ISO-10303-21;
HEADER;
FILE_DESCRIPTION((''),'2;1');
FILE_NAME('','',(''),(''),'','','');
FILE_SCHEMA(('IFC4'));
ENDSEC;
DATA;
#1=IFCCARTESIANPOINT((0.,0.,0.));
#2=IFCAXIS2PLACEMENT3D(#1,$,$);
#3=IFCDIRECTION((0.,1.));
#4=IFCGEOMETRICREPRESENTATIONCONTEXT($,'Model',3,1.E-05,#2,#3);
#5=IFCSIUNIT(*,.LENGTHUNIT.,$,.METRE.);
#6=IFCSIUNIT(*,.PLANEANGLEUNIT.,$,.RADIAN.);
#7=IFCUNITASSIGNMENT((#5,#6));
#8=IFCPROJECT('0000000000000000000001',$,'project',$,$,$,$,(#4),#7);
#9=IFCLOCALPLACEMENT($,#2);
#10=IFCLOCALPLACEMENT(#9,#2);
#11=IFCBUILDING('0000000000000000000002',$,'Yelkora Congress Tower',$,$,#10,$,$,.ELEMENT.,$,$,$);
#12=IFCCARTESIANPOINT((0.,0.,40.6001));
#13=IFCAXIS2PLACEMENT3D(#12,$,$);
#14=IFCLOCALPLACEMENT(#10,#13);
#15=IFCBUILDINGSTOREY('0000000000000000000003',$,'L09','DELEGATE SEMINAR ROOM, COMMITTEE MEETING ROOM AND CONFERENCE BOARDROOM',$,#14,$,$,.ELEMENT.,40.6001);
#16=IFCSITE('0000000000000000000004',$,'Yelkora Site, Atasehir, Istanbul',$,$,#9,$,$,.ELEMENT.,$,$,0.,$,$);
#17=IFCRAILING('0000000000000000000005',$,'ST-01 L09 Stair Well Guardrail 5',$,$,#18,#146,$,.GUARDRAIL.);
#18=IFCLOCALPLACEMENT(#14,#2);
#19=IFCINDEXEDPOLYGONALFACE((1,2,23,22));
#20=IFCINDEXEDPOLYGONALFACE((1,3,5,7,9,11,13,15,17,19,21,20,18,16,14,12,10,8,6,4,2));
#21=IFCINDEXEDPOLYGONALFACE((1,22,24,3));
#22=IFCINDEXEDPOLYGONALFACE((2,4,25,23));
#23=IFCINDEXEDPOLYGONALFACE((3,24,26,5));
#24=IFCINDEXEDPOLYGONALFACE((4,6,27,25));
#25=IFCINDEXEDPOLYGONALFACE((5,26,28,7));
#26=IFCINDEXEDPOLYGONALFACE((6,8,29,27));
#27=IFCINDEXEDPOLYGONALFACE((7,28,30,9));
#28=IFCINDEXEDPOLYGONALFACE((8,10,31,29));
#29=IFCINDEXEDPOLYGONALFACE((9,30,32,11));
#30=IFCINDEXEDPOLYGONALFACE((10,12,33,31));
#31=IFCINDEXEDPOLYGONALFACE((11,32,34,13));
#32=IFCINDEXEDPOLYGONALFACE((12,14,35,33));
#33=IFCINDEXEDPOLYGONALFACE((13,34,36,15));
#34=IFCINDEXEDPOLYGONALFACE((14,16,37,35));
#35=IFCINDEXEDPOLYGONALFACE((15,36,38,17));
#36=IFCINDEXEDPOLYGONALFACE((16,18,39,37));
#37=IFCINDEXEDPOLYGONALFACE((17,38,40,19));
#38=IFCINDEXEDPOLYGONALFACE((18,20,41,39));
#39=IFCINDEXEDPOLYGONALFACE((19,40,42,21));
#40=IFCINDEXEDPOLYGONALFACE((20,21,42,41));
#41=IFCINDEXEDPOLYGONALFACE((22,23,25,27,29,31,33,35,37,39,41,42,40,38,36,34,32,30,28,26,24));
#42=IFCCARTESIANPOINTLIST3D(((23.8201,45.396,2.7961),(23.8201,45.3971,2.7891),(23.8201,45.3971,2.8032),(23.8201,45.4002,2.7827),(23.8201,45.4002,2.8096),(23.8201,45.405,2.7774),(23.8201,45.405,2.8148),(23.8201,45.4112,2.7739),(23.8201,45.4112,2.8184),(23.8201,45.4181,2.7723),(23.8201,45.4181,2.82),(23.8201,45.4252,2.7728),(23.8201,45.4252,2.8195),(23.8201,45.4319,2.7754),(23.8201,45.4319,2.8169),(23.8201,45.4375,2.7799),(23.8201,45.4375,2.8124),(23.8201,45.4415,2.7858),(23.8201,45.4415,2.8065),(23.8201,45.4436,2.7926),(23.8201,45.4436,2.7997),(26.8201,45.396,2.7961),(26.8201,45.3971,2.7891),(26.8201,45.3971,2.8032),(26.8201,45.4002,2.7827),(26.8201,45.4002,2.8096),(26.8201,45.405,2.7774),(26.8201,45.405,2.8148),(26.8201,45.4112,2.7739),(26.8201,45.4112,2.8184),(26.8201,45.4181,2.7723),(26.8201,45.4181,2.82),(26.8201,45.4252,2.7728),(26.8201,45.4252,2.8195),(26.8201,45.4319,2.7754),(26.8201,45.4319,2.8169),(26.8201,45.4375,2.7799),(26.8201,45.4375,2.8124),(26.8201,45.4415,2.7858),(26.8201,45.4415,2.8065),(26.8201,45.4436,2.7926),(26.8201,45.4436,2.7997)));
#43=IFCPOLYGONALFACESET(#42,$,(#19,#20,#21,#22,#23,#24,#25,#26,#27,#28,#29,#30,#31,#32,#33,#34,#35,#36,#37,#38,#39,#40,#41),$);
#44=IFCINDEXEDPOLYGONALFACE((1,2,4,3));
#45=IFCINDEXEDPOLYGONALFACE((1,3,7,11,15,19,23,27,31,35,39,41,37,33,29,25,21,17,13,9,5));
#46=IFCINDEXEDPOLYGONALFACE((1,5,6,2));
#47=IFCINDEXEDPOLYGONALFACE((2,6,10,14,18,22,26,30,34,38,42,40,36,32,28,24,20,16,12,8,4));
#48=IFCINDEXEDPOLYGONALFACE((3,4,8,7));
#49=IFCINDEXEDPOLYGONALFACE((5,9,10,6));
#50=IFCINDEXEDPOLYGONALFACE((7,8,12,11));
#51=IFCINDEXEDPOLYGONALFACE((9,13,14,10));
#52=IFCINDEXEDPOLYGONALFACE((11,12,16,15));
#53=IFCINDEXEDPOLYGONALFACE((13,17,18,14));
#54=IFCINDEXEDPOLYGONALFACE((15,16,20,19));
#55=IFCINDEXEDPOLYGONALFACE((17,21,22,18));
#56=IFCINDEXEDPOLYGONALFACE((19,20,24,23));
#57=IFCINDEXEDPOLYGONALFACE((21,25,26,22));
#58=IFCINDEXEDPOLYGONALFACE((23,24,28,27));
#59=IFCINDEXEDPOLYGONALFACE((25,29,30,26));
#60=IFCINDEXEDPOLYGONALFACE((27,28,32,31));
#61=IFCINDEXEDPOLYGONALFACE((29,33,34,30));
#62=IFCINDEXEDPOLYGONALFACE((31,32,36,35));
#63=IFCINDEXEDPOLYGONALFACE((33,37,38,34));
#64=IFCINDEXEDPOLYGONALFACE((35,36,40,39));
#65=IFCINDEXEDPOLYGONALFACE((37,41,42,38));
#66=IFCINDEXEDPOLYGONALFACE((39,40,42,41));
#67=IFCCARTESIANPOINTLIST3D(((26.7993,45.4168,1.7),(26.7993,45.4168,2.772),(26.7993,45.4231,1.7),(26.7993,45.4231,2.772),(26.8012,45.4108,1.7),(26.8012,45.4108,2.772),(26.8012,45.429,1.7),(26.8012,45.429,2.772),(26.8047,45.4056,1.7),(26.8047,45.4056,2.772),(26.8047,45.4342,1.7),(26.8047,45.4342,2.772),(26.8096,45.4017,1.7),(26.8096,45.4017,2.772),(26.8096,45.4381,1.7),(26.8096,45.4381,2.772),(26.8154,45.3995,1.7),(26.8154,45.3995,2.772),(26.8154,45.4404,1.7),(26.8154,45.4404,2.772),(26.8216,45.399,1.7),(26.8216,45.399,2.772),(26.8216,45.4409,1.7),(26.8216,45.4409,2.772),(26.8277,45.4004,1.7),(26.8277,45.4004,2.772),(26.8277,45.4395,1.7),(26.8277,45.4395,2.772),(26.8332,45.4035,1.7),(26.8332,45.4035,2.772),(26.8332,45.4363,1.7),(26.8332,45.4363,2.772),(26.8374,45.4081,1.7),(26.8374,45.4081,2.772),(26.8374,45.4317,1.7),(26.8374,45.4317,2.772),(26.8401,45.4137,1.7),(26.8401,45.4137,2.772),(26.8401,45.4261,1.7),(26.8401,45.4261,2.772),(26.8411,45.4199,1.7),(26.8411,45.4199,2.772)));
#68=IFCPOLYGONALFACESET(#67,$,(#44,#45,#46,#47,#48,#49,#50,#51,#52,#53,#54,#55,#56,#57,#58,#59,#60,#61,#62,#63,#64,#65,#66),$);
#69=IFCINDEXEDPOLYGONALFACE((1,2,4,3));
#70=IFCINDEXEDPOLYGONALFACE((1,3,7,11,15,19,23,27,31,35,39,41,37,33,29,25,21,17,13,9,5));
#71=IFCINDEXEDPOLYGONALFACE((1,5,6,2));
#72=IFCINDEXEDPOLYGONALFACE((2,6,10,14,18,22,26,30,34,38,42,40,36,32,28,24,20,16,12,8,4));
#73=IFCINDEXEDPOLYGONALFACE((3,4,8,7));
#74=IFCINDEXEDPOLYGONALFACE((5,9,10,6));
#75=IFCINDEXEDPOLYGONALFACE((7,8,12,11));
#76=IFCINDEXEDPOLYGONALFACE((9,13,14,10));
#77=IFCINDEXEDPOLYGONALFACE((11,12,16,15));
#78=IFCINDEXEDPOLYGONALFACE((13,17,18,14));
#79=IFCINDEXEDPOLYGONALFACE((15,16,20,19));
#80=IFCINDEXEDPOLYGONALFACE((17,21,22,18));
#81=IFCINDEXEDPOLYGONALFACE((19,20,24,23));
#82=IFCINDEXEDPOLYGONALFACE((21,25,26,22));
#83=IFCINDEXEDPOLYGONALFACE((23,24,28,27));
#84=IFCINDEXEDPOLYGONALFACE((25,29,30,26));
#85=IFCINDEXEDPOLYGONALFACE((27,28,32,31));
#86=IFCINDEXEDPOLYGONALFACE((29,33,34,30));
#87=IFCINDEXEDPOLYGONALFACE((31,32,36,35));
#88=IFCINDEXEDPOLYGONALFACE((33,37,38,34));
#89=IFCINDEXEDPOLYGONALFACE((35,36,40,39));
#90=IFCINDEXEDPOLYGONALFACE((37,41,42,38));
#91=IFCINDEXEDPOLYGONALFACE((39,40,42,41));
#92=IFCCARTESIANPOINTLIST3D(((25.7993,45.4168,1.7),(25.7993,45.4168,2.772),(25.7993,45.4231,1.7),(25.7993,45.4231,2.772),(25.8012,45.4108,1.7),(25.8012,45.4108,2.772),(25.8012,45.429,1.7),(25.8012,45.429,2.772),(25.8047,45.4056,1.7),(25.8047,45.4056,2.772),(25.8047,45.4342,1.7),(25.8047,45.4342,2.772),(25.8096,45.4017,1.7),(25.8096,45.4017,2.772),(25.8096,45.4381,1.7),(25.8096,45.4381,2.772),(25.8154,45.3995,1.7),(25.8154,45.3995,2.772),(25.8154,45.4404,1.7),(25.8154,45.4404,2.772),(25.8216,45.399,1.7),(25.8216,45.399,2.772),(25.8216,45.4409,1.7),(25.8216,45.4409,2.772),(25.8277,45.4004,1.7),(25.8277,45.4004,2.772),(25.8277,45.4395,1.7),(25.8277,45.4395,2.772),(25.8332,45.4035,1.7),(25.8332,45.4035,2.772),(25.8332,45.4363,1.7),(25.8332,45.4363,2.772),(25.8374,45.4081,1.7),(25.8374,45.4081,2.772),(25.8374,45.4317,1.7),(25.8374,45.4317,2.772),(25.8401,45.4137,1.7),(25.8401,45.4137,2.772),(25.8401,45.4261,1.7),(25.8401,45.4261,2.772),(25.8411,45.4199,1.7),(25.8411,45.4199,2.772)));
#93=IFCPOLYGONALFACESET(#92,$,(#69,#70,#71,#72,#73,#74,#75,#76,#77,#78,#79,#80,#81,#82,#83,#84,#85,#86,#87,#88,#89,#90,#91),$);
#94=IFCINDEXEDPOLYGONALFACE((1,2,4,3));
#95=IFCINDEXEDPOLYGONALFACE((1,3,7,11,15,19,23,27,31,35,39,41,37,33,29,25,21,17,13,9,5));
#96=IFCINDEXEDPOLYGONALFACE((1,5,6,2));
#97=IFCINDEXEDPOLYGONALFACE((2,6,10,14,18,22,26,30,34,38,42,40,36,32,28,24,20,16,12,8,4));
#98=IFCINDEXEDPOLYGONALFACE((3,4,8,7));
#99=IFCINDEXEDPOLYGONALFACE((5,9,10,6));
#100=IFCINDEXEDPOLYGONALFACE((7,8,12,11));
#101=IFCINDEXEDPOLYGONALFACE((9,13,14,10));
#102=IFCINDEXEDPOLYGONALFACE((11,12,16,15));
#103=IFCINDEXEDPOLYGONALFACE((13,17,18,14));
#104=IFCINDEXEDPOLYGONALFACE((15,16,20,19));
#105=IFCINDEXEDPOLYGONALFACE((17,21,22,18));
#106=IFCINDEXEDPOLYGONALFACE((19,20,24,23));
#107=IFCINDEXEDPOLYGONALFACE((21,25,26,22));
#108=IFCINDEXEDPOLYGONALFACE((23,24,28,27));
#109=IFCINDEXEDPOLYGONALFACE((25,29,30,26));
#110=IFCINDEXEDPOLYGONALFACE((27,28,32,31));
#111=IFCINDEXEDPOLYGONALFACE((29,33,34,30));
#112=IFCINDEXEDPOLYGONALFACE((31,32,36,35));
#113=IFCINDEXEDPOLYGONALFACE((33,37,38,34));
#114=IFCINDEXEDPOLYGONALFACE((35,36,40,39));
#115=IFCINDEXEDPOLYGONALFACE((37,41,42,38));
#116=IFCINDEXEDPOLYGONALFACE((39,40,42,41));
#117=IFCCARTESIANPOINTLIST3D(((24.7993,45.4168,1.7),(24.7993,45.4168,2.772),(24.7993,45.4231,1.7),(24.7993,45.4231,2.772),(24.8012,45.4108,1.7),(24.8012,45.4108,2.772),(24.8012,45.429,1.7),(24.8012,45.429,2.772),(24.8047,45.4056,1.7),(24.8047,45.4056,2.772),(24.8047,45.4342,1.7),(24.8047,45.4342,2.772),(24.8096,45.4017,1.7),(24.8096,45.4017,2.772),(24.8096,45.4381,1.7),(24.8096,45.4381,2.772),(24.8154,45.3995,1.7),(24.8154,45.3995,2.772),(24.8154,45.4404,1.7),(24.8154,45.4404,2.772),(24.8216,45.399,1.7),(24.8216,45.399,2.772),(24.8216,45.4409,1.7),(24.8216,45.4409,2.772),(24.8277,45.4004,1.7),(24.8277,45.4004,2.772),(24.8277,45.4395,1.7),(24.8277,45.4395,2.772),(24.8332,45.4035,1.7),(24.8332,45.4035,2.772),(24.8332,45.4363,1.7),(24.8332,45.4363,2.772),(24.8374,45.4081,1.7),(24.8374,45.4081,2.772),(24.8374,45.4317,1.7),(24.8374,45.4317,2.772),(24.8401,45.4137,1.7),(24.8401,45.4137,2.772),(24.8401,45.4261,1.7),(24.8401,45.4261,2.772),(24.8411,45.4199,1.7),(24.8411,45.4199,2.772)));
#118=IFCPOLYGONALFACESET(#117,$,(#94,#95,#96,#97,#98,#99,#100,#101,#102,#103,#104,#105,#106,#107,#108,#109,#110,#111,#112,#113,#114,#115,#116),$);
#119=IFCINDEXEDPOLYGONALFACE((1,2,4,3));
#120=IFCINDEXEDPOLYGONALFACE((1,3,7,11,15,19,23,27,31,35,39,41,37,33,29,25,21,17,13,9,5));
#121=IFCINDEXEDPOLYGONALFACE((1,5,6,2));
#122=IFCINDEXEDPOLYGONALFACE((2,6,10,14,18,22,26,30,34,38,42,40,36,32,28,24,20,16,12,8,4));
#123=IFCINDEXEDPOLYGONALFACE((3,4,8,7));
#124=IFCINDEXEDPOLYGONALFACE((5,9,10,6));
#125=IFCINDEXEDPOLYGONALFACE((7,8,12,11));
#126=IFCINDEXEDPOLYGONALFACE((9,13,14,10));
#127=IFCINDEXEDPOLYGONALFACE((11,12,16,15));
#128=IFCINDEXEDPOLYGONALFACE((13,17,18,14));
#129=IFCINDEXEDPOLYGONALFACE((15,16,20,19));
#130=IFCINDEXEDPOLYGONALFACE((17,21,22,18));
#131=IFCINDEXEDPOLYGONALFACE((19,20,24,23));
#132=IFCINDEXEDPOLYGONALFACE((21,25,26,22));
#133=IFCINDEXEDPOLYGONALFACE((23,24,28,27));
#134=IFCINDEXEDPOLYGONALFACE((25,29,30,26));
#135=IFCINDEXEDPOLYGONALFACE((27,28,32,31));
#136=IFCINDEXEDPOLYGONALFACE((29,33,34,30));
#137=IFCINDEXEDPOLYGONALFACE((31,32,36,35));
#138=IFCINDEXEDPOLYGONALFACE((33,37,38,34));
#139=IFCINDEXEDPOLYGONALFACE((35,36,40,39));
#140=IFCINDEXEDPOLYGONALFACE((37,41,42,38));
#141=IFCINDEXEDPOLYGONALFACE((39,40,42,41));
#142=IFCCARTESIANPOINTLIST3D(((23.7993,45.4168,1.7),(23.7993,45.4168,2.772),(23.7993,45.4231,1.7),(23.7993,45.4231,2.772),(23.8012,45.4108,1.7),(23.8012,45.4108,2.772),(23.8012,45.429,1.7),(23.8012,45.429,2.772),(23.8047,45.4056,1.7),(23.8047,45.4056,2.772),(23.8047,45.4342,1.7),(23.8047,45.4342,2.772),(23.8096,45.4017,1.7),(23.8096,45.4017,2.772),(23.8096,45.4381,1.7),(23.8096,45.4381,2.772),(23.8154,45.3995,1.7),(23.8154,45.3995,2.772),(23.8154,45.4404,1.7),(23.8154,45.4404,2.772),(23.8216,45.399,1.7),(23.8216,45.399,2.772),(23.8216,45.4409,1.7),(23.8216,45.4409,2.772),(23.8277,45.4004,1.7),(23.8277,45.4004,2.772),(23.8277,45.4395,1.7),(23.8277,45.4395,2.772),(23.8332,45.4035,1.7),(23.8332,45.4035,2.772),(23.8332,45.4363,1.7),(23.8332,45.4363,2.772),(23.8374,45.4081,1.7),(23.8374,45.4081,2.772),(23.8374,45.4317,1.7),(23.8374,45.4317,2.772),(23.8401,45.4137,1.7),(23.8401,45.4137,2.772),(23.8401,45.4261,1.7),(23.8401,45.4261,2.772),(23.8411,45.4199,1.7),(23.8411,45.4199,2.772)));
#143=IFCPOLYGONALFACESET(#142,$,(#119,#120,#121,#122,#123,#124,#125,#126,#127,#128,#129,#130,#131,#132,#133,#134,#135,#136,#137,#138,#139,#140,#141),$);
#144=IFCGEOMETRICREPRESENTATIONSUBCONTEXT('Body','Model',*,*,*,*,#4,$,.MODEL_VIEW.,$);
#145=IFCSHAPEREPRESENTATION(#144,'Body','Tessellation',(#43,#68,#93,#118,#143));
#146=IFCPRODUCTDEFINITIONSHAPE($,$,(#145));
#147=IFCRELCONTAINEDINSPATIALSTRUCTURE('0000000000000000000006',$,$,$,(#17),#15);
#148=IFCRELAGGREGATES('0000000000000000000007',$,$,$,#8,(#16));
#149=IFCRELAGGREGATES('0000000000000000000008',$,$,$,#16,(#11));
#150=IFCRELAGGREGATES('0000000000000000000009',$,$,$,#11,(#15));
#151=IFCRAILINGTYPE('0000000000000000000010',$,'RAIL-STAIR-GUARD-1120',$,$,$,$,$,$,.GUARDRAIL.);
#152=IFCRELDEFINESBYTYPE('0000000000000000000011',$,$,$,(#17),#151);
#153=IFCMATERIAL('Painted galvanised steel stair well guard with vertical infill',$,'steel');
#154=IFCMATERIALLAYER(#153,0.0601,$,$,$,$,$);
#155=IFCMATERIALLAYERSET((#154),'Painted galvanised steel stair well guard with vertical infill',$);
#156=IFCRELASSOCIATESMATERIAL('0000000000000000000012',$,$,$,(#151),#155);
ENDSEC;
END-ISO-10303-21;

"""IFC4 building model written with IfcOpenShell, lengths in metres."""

from ifc_helpers import new_model, si_unit, direction, frame, origin, origin_2d, place, context, subcontext, project, spatial, circle, extrude, material, layer, layer_set, type_object, element, save


model = new_model("IFC4")

# Units and contexts
model_context = context("Model", 3, precision=1e-05, world=origin(), true_north=direction((0.0, 1.0)))
body_context = subcontext(model_context, "Body", "Model", "MODEL_VIEW")
ifc_project = project(units=[si_unit("LENGTHUNIT", "METRE"), si_unit("PLANEANGLEUNIT", "RADIAN")], contexts=[model_context])

# Site, building, storey
site_placement = place(None, origin())
site = spatial("IfcSite", under=ifc_project, at=site_placement, Name="Yelkora Site, Atasehir, Istanbul", CompositionType="ELEMENT", RefElevation=0.0)
building_placement = place(site_placement, origin())
building = spatial("IfcBuilding", under=site, at=building_placement, Name="Yelkora Congress Tower", CompositionType="ELEMENT")
storey_placement = place(building_placement, frame((0.0, 0.0, 40.6001)))
storey = spatial("IfcBuildingStorey", under=building, at=storey_placement, Name="L09", Description="DELEGATE SEMINAR ROOM, COMMITTEE MEETING ROOM AND CONFERENCE BOARDROOM", CompositionType="ELEMENT", Elevation=40.6001)

# Railing
ifc_material_1 = material(Name="Painted galvanised steel stair well guard with vertical infill", Category="steel")
ifc_layer_1 = layer(ifc_material_1, 0.0601)
ifc_layer_set_1 = layer_set([ifc_layer_1], Name="Painted galvanised steel stair well guard with vertical infill")
railing_type_1 = type_object("IfcRailingType", Name="RAIL-STAIR-GUARD-1120", PredefinedType="GUARDRAIL", material=ifc_layer_set_1)
railing_1_placement = place(storey_placement, frame((26.8201, 45.4199, 1.7)))
element("IfcRailing", 1, at=railing_1_placement, inside=storey, type_object=railing_type_1, Name="ST-01 L09 Stair Well Guardrail 5", PredefinedType="GUARDRAIL", context=body_context, shape_type="SweptSolid", body=[
    extrude(circle(Radius=0.0239, at=origin_2d()), frame((0.0, 0.0, 1.0962), z_axis=(-1.0, 0.0, 0.0), x_axis=(0.0, -1.0, 0.0)), (0.0, 0.0, 1.0), 3.0),
    extrude(circle(Radius=0.021, at=origin_2d()), origin(), (0.0, 0.0, 1.0), 1.072),
    extrude(circle(Radius=0.021, at=origin_2d()), frame((-1.0, 0.0, 0.0)), (0.0, 0.0, 1.0), 1.072),
    extrude(circle(Radius=0.021, at=origin_2d()), frame((-2.0, 0.0, 0.0)), (0.0, 0.0, 1.0), 1.072),
    extrude(circle(Radius=0.021, at=origin_2d()), frame((-3.0, 0.0, 0.0)), (0.0, 0.0, 1.0), 1.072),
])

save(model, "model.ifc")
